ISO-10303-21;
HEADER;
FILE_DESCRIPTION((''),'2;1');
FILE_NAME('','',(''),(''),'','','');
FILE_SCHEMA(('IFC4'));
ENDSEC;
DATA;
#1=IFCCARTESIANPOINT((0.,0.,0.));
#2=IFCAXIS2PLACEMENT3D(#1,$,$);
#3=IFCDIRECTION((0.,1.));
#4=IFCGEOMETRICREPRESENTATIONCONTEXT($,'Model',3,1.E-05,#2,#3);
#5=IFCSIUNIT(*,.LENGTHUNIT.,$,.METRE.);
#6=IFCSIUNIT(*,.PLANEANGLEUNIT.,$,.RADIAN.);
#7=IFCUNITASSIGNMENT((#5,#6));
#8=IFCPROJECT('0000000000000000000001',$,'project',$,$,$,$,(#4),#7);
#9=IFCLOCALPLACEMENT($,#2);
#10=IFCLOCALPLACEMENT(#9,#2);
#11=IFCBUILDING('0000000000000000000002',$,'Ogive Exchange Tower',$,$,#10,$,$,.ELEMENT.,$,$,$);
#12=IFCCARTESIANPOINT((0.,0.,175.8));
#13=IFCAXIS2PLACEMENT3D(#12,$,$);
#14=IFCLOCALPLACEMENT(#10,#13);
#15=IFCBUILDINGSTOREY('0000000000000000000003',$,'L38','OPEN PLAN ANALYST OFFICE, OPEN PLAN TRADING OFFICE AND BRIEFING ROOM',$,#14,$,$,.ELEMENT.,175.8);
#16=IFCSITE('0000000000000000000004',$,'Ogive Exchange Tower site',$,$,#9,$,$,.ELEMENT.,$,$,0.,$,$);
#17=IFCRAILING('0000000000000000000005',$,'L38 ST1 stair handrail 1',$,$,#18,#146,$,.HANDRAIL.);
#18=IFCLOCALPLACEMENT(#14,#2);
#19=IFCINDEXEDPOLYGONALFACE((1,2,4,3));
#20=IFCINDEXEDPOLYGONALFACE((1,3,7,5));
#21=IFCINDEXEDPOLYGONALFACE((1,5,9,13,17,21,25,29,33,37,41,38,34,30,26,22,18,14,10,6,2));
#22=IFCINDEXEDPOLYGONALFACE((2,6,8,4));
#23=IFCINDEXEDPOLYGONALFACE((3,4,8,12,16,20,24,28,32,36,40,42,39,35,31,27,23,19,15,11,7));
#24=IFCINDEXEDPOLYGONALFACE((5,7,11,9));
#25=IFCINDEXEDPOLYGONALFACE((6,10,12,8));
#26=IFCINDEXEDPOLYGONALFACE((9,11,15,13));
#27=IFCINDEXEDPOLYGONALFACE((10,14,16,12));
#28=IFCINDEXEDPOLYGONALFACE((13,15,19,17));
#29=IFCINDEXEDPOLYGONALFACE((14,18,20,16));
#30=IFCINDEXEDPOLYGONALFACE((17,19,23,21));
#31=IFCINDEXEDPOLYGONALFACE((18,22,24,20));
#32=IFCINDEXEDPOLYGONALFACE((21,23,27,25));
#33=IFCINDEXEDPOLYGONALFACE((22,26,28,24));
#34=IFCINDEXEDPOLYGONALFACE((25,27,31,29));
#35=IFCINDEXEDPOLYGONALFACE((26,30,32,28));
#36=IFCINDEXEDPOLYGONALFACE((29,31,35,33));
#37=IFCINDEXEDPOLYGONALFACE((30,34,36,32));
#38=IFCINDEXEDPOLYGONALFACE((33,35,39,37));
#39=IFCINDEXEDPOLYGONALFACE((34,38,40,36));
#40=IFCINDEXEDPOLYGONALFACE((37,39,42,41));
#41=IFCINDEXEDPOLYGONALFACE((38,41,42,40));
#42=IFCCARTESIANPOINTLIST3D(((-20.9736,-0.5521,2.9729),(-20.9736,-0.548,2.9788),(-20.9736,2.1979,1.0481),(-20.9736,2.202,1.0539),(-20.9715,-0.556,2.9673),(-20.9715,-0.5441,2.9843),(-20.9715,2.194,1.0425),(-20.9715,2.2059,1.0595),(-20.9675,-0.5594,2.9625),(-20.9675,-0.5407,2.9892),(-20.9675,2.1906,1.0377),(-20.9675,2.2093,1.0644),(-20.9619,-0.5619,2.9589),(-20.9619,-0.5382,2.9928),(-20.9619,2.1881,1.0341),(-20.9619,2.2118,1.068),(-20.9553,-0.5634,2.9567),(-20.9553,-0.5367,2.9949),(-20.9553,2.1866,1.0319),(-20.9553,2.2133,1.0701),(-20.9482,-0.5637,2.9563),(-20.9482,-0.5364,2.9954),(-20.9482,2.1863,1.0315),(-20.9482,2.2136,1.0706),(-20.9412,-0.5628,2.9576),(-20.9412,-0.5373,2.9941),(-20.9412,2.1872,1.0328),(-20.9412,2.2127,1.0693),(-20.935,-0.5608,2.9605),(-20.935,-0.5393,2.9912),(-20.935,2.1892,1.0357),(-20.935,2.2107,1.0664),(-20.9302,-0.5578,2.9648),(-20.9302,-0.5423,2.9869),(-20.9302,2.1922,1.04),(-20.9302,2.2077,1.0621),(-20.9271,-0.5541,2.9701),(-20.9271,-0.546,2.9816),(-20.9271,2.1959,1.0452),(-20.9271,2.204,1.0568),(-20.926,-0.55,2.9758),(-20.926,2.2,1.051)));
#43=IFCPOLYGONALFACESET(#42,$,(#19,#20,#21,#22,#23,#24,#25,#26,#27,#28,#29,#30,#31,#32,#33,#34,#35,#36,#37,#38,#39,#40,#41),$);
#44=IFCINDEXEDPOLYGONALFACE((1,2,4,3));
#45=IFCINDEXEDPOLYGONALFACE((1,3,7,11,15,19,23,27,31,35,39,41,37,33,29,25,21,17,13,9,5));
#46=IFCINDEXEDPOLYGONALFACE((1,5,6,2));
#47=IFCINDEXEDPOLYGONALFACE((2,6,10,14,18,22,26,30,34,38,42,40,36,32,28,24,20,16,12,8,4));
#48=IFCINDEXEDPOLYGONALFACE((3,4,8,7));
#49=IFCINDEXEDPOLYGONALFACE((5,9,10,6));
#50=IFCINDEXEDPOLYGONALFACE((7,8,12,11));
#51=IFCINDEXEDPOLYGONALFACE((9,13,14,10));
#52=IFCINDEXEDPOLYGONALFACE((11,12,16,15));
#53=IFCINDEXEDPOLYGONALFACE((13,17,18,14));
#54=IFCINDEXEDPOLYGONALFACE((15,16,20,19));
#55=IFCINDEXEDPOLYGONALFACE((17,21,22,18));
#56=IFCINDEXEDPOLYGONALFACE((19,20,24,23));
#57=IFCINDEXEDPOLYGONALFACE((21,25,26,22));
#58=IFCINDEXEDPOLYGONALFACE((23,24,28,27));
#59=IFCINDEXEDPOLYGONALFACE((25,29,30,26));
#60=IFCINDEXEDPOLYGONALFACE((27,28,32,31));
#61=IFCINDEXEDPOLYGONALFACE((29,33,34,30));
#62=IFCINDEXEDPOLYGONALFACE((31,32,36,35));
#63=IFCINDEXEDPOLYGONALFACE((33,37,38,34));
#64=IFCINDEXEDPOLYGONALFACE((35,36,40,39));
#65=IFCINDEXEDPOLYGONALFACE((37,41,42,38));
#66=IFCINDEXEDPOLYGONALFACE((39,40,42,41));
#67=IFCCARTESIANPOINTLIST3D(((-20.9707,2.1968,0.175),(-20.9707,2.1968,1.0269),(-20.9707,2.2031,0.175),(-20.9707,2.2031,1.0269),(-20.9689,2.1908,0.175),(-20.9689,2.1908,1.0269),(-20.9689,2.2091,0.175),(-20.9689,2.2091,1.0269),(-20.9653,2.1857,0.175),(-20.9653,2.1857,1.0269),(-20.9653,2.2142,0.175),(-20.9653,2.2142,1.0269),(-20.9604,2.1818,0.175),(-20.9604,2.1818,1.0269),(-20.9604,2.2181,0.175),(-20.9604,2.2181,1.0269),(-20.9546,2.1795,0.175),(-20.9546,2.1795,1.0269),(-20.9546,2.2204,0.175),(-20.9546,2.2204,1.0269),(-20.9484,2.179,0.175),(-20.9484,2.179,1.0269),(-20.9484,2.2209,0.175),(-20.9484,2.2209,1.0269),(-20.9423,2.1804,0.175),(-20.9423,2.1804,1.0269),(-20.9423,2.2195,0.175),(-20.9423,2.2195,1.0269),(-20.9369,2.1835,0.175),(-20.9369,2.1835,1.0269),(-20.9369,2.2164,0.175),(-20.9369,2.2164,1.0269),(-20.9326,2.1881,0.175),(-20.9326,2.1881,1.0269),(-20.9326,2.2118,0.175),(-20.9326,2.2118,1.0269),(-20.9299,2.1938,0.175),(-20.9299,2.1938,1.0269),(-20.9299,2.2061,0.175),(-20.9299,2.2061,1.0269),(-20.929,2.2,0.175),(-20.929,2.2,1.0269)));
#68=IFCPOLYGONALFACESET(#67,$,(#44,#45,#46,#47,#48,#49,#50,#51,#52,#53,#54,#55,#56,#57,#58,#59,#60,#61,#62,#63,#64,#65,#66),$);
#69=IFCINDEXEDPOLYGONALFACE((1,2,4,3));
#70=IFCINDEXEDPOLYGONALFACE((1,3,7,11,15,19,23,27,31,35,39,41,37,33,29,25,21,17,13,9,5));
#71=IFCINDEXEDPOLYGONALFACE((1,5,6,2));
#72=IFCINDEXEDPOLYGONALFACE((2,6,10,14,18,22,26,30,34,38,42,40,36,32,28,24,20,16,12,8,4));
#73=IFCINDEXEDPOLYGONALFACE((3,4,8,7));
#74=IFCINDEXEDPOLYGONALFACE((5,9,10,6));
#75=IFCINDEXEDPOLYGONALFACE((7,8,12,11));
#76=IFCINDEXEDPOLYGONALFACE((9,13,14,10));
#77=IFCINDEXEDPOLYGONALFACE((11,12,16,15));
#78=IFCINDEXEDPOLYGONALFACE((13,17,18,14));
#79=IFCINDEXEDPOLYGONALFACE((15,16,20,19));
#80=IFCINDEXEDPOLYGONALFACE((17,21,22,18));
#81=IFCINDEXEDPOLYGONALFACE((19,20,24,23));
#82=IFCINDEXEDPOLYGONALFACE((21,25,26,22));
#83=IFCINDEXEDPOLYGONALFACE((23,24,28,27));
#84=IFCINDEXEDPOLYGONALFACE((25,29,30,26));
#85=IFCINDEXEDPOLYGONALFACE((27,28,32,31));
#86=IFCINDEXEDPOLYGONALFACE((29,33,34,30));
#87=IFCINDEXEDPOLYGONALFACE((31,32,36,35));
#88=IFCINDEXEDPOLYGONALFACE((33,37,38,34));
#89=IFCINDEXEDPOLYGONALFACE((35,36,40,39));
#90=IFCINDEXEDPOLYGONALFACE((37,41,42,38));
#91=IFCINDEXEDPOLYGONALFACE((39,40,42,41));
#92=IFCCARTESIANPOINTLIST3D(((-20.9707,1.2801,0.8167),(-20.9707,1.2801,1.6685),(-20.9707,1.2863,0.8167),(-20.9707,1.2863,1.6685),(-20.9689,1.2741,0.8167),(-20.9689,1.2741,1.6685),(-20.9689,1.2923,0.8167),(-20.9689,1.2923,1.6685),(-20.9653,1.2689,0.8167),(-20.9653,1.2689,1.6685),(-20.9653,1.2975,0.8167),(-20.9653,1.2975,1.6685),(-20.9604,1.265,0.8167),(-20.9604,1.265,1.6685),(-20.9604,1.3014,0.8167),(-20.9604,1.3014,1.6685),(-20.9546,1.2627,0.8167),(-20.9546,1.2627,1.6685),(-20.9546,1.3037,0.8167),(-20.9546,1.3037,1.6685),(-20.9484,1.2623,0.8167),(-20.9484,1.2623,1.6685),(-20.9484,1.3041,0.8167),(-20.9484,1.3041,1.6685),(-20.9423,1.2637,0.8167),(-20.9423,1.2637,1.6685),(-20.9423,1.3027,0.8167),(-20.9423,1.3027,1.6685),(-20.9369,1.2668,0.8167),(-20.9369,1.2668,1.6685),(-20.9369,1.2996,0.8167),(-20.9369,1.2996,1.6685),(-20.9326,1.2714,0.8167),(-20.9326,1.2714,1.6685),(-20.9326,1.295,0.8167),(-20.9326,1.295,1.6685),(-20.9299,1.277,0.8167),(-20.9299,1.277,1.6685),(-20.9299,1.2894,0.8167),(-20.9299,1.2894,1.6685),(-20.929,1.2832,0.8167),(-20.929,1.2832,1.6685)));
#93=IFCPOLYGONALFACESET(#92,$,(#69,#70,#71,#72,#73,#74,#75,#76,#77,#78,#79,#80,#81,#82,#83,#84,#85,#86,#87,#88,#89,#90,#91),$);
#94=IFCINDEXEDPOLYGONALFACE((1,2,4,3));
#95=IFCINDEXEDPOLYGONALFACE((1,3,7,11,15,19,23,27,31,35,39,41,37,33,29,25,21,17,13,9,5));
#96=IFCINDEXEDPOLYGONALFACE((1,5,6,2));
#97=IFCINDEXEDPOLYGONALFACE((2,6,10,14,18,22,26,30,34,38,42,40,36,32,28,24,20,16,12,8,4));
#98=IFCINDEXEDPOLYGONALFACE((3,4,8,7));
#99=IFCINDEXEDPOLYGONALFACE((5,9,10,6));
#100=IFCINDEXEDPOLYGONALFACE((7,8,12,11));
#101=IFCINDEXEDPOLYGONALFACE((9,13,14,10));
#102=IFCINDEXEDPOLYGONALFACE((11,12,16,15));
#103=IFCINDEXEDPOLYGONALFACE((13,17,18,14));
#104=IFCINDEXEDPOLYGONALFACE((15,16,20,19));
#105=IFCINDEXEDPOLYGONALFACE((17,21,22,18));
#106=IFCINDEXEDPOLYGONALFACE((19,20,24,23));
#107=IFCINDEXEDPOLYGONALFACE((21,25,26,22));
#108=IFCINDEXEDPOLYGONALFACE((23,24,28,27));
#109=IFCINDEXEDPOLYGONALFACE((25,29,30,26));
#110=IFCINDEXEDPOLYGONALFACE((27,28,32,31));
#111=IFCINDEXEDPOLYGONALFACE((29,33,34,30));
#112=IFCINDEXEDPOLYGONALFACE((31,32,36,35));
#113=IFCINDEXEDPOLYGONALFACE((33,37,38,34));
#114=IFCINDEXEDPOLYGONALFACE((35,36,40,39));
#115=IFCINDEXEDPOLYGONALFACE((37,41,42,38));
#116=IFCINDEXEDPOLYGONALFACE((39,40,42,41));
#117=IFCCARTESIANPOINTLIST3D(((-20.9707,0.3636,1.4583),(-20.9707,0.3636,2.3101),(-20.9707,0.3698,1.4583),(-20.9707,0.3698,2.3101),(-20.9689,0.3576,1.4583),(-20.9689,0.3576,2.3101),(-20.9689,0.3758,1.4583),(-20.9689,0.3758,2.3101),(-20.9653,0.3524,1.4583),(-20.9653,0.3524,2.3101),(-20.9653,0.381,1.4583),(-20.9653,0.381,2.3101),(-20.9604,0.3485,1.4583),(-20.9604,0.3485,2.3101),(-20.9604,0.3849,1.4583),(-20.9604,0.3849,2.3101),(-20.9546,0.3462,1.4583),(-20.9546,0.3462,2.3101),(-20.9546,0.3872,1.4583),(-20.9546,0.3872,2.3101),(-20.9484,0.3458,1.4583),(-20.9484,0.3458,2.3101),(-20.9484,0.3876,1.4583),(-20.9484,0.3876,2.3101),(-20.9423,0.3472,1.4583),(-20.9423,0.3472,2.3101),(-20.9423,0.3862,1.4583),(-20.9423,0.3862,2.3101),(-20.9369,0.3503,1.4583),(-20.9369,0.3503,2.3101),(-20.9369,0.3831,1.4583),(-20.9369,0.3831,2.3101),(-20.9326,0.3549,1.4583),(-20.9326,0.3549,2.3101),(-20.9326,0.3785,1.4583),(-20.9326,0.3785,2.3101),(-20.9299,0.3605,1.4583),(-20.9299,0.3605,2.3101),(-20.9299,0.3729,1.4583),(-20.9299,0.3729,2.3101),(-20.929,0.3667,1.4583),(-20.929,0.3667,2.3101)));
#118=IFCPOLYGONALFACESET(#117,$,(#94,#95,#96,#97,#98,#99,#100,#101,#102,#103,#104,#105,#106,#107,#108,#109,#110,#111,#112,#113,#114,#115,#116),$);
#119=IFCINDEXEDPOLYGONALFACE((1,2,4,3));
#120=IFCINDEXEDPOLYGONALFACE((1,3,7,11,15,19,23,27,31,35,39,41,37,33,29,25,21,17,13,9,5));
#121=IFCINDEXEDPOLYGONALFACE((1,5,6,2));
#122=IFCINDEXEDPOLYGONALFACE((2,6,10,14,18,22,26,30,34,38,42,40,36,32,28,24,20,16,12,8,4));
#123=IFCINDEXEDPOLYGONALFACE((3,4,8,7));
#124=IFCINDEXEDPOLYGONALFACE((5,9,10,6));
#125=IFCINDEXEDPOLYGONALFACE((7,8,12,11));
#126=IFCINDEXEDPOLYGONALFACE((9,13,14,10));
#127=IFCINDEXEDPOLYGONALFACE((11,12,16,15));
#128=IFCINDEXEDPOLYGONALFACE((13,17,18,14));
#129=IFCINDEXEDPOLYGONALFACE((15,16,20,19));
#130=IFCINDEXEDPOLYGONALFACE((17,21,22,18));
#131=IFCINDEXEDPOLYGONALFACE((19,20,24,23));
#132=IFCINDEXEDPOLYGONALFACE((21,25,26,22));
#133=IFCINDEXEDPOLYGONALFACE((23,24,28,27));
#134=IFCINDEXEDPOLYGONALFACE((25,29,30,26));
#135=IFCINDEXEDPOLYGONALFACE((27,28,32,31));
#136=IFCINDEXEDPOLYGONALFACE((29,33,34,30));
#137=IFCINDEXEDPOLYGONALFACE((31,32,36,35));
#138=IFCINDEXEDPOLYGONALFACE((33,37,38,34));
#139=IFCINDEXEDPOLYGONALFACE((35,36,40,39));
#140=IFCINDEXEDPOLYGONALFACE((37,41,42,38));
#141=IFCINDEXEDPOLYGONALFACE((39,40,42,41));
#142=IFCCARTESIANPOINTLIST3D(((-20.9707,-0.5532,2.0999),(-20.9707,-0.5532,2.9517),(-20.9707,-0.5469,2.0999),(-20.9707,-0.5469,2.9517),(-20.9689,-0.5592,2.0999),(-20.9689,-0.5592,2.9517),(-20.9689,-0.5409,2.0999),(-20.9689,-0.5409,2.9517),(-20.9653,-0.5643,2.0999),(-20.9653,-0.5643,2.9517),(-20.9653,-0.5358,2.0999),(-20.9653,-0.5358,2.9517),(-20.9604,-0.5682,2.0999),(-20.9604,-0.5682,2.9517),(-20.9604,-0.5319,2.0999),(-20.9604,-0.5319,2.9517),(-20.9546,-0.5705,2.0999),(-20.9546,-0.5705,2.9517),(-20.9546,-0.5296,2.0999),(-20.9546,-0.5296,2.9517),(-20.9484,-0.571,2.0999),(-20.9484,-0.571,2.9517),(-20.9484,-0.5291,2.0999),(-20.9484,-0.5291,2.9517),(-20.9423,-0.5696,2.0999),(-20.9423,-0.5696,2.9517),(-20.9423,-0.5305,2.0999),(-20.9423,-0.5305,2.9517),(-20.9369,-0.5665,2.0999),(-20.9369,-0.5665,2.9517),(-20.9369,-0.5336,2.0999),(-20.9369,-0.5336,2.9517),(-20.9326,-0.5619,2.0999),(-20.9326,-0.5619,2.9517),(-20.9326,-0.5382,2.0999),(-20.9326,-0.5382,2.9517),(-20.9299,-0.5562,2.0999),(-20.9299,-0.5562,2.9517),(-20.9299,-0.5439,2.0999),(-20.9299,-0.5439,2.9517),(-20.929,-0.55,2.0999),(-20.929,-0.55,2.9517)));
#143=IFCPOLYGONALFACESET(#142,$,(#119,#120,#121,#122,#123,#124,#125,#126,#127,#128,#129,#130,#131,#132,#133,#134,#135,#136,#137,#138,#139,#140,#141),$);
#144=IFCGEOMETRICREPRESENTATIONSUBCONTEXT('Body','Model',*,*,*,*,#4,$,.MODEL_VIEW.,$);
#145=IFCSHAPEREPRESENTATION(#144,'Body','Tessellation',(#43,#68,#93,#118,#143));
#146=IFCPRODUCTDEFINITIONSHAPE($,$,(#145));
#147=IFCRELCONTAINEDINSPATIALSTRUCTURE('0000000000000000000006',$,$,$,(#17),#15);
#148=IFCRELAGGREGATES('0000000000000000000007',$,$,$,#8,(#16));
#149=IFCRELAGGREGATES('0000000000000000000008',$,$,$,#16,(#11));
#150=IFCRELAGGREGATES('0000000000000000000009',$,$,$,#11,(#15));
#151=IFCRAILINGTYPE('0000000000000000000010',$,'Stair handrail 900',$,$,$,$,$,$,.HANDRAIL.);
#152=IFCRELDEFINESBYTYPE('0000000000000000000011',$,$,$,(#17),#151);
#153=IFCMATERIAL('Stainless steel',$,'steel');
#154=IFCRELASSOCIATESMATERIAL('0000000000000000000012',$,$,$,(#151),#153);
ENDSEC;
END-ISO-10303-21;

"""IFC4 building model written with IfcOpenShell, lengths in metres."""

from ifc_helpers import new_model, si_unit, direction, frame, origin, origin_2d, place, context, subcontext, project, spatial, circle, extrude, material, type_object, element, save


model = new_model("IFC4")

# Units and contexts
model_context = context("Model", 3, precision=1e-05, world=origin(), true_north=direction((0.0, 1.0)))
body_context = subcontext(model_context, "Body", "Model", "MODEL_VIEW")
ifc_project = project(units=[si_unit("LENGTHUNIT", "METRE"), si_unit("PLANEANGLEUNIT", "RADIAN")], contexts=[model_context])

# Site, building, storey
site_placement = place(None, origin())
site = spatial("IfcSite", under=ifc_project, at=site_placement, Name="Ogive Exchange Tower site", CompositionType="ELEMENT", RefElevation=0.0)
building_placement = place(site_placement, origin())
building = spatial("IfcBuilding", under=site, at=building_placement, Name="Ogive Exchange Tower", CompositionType="ELEMENT")
storey_placement = place(building_placement, frame((0.0, 0.0, 175.8)))
storey = spatial("IfcBuildingStorey", under=building, at=storey_placement, Name="L38", Description="OPEN PLAN ANALYST OFFICE, OPEN PLAN TRADING OFFICE AND BRIEFING ROOM", CompositionType="ELEMENT", Elevation=175.8)

# Railing
ifc_material_1 = material(Name="Stainless steel", Category="steel")
railing_type = type_object("IfcRailingType", Name="Stair handrail 900", PredefinedType="HANDRAIL", material=ifc_material_1)
railing_placement = place(storey_placement, frame((-20.95, 2.2, 0.175)))
element("IfcRailing", 1, at=railing_placement, inside=storey, type_object=railing_type, Name="L38 ST1 stair handrail 1", PredefinedType="HANDRAIL", context=body_context, shape_type="SweptSolid", body=[
    extrude(circle(Radius=0.0239, at=origin_2d()), frame((0.0, 0.0, 0.876), z_axis=(0.0, -0.819259, 0.573423), x_axis=(1.0, 0.0, 0.0)), (0.0, 0.0, 1.0), 3.3567),
    extrude(circle(Radius=0.021, at=origin_2d()), origin(), (0.0, 0.0, 1.0), 0.8518),
    extrude(circle(Radius=0.021, at=origin_2d()), frame((0.0, -0.9167, 0.6416)), (0.0, 0.0, 1.0), 0.8518),
    extrude(circle(Radius=0.021, at=origin_2d()), frame((0.0, -1.8333, 1.2832)), (0.0, 0.0, 1.0), 0.8518),
    extrude(circle(Radius=0.021, at=origin_2d()), frame((0.0, -2.75, 1.9248)), (0.0, 0.0, 1.0), 0.8518),
])

save(model, "model.ifc")
